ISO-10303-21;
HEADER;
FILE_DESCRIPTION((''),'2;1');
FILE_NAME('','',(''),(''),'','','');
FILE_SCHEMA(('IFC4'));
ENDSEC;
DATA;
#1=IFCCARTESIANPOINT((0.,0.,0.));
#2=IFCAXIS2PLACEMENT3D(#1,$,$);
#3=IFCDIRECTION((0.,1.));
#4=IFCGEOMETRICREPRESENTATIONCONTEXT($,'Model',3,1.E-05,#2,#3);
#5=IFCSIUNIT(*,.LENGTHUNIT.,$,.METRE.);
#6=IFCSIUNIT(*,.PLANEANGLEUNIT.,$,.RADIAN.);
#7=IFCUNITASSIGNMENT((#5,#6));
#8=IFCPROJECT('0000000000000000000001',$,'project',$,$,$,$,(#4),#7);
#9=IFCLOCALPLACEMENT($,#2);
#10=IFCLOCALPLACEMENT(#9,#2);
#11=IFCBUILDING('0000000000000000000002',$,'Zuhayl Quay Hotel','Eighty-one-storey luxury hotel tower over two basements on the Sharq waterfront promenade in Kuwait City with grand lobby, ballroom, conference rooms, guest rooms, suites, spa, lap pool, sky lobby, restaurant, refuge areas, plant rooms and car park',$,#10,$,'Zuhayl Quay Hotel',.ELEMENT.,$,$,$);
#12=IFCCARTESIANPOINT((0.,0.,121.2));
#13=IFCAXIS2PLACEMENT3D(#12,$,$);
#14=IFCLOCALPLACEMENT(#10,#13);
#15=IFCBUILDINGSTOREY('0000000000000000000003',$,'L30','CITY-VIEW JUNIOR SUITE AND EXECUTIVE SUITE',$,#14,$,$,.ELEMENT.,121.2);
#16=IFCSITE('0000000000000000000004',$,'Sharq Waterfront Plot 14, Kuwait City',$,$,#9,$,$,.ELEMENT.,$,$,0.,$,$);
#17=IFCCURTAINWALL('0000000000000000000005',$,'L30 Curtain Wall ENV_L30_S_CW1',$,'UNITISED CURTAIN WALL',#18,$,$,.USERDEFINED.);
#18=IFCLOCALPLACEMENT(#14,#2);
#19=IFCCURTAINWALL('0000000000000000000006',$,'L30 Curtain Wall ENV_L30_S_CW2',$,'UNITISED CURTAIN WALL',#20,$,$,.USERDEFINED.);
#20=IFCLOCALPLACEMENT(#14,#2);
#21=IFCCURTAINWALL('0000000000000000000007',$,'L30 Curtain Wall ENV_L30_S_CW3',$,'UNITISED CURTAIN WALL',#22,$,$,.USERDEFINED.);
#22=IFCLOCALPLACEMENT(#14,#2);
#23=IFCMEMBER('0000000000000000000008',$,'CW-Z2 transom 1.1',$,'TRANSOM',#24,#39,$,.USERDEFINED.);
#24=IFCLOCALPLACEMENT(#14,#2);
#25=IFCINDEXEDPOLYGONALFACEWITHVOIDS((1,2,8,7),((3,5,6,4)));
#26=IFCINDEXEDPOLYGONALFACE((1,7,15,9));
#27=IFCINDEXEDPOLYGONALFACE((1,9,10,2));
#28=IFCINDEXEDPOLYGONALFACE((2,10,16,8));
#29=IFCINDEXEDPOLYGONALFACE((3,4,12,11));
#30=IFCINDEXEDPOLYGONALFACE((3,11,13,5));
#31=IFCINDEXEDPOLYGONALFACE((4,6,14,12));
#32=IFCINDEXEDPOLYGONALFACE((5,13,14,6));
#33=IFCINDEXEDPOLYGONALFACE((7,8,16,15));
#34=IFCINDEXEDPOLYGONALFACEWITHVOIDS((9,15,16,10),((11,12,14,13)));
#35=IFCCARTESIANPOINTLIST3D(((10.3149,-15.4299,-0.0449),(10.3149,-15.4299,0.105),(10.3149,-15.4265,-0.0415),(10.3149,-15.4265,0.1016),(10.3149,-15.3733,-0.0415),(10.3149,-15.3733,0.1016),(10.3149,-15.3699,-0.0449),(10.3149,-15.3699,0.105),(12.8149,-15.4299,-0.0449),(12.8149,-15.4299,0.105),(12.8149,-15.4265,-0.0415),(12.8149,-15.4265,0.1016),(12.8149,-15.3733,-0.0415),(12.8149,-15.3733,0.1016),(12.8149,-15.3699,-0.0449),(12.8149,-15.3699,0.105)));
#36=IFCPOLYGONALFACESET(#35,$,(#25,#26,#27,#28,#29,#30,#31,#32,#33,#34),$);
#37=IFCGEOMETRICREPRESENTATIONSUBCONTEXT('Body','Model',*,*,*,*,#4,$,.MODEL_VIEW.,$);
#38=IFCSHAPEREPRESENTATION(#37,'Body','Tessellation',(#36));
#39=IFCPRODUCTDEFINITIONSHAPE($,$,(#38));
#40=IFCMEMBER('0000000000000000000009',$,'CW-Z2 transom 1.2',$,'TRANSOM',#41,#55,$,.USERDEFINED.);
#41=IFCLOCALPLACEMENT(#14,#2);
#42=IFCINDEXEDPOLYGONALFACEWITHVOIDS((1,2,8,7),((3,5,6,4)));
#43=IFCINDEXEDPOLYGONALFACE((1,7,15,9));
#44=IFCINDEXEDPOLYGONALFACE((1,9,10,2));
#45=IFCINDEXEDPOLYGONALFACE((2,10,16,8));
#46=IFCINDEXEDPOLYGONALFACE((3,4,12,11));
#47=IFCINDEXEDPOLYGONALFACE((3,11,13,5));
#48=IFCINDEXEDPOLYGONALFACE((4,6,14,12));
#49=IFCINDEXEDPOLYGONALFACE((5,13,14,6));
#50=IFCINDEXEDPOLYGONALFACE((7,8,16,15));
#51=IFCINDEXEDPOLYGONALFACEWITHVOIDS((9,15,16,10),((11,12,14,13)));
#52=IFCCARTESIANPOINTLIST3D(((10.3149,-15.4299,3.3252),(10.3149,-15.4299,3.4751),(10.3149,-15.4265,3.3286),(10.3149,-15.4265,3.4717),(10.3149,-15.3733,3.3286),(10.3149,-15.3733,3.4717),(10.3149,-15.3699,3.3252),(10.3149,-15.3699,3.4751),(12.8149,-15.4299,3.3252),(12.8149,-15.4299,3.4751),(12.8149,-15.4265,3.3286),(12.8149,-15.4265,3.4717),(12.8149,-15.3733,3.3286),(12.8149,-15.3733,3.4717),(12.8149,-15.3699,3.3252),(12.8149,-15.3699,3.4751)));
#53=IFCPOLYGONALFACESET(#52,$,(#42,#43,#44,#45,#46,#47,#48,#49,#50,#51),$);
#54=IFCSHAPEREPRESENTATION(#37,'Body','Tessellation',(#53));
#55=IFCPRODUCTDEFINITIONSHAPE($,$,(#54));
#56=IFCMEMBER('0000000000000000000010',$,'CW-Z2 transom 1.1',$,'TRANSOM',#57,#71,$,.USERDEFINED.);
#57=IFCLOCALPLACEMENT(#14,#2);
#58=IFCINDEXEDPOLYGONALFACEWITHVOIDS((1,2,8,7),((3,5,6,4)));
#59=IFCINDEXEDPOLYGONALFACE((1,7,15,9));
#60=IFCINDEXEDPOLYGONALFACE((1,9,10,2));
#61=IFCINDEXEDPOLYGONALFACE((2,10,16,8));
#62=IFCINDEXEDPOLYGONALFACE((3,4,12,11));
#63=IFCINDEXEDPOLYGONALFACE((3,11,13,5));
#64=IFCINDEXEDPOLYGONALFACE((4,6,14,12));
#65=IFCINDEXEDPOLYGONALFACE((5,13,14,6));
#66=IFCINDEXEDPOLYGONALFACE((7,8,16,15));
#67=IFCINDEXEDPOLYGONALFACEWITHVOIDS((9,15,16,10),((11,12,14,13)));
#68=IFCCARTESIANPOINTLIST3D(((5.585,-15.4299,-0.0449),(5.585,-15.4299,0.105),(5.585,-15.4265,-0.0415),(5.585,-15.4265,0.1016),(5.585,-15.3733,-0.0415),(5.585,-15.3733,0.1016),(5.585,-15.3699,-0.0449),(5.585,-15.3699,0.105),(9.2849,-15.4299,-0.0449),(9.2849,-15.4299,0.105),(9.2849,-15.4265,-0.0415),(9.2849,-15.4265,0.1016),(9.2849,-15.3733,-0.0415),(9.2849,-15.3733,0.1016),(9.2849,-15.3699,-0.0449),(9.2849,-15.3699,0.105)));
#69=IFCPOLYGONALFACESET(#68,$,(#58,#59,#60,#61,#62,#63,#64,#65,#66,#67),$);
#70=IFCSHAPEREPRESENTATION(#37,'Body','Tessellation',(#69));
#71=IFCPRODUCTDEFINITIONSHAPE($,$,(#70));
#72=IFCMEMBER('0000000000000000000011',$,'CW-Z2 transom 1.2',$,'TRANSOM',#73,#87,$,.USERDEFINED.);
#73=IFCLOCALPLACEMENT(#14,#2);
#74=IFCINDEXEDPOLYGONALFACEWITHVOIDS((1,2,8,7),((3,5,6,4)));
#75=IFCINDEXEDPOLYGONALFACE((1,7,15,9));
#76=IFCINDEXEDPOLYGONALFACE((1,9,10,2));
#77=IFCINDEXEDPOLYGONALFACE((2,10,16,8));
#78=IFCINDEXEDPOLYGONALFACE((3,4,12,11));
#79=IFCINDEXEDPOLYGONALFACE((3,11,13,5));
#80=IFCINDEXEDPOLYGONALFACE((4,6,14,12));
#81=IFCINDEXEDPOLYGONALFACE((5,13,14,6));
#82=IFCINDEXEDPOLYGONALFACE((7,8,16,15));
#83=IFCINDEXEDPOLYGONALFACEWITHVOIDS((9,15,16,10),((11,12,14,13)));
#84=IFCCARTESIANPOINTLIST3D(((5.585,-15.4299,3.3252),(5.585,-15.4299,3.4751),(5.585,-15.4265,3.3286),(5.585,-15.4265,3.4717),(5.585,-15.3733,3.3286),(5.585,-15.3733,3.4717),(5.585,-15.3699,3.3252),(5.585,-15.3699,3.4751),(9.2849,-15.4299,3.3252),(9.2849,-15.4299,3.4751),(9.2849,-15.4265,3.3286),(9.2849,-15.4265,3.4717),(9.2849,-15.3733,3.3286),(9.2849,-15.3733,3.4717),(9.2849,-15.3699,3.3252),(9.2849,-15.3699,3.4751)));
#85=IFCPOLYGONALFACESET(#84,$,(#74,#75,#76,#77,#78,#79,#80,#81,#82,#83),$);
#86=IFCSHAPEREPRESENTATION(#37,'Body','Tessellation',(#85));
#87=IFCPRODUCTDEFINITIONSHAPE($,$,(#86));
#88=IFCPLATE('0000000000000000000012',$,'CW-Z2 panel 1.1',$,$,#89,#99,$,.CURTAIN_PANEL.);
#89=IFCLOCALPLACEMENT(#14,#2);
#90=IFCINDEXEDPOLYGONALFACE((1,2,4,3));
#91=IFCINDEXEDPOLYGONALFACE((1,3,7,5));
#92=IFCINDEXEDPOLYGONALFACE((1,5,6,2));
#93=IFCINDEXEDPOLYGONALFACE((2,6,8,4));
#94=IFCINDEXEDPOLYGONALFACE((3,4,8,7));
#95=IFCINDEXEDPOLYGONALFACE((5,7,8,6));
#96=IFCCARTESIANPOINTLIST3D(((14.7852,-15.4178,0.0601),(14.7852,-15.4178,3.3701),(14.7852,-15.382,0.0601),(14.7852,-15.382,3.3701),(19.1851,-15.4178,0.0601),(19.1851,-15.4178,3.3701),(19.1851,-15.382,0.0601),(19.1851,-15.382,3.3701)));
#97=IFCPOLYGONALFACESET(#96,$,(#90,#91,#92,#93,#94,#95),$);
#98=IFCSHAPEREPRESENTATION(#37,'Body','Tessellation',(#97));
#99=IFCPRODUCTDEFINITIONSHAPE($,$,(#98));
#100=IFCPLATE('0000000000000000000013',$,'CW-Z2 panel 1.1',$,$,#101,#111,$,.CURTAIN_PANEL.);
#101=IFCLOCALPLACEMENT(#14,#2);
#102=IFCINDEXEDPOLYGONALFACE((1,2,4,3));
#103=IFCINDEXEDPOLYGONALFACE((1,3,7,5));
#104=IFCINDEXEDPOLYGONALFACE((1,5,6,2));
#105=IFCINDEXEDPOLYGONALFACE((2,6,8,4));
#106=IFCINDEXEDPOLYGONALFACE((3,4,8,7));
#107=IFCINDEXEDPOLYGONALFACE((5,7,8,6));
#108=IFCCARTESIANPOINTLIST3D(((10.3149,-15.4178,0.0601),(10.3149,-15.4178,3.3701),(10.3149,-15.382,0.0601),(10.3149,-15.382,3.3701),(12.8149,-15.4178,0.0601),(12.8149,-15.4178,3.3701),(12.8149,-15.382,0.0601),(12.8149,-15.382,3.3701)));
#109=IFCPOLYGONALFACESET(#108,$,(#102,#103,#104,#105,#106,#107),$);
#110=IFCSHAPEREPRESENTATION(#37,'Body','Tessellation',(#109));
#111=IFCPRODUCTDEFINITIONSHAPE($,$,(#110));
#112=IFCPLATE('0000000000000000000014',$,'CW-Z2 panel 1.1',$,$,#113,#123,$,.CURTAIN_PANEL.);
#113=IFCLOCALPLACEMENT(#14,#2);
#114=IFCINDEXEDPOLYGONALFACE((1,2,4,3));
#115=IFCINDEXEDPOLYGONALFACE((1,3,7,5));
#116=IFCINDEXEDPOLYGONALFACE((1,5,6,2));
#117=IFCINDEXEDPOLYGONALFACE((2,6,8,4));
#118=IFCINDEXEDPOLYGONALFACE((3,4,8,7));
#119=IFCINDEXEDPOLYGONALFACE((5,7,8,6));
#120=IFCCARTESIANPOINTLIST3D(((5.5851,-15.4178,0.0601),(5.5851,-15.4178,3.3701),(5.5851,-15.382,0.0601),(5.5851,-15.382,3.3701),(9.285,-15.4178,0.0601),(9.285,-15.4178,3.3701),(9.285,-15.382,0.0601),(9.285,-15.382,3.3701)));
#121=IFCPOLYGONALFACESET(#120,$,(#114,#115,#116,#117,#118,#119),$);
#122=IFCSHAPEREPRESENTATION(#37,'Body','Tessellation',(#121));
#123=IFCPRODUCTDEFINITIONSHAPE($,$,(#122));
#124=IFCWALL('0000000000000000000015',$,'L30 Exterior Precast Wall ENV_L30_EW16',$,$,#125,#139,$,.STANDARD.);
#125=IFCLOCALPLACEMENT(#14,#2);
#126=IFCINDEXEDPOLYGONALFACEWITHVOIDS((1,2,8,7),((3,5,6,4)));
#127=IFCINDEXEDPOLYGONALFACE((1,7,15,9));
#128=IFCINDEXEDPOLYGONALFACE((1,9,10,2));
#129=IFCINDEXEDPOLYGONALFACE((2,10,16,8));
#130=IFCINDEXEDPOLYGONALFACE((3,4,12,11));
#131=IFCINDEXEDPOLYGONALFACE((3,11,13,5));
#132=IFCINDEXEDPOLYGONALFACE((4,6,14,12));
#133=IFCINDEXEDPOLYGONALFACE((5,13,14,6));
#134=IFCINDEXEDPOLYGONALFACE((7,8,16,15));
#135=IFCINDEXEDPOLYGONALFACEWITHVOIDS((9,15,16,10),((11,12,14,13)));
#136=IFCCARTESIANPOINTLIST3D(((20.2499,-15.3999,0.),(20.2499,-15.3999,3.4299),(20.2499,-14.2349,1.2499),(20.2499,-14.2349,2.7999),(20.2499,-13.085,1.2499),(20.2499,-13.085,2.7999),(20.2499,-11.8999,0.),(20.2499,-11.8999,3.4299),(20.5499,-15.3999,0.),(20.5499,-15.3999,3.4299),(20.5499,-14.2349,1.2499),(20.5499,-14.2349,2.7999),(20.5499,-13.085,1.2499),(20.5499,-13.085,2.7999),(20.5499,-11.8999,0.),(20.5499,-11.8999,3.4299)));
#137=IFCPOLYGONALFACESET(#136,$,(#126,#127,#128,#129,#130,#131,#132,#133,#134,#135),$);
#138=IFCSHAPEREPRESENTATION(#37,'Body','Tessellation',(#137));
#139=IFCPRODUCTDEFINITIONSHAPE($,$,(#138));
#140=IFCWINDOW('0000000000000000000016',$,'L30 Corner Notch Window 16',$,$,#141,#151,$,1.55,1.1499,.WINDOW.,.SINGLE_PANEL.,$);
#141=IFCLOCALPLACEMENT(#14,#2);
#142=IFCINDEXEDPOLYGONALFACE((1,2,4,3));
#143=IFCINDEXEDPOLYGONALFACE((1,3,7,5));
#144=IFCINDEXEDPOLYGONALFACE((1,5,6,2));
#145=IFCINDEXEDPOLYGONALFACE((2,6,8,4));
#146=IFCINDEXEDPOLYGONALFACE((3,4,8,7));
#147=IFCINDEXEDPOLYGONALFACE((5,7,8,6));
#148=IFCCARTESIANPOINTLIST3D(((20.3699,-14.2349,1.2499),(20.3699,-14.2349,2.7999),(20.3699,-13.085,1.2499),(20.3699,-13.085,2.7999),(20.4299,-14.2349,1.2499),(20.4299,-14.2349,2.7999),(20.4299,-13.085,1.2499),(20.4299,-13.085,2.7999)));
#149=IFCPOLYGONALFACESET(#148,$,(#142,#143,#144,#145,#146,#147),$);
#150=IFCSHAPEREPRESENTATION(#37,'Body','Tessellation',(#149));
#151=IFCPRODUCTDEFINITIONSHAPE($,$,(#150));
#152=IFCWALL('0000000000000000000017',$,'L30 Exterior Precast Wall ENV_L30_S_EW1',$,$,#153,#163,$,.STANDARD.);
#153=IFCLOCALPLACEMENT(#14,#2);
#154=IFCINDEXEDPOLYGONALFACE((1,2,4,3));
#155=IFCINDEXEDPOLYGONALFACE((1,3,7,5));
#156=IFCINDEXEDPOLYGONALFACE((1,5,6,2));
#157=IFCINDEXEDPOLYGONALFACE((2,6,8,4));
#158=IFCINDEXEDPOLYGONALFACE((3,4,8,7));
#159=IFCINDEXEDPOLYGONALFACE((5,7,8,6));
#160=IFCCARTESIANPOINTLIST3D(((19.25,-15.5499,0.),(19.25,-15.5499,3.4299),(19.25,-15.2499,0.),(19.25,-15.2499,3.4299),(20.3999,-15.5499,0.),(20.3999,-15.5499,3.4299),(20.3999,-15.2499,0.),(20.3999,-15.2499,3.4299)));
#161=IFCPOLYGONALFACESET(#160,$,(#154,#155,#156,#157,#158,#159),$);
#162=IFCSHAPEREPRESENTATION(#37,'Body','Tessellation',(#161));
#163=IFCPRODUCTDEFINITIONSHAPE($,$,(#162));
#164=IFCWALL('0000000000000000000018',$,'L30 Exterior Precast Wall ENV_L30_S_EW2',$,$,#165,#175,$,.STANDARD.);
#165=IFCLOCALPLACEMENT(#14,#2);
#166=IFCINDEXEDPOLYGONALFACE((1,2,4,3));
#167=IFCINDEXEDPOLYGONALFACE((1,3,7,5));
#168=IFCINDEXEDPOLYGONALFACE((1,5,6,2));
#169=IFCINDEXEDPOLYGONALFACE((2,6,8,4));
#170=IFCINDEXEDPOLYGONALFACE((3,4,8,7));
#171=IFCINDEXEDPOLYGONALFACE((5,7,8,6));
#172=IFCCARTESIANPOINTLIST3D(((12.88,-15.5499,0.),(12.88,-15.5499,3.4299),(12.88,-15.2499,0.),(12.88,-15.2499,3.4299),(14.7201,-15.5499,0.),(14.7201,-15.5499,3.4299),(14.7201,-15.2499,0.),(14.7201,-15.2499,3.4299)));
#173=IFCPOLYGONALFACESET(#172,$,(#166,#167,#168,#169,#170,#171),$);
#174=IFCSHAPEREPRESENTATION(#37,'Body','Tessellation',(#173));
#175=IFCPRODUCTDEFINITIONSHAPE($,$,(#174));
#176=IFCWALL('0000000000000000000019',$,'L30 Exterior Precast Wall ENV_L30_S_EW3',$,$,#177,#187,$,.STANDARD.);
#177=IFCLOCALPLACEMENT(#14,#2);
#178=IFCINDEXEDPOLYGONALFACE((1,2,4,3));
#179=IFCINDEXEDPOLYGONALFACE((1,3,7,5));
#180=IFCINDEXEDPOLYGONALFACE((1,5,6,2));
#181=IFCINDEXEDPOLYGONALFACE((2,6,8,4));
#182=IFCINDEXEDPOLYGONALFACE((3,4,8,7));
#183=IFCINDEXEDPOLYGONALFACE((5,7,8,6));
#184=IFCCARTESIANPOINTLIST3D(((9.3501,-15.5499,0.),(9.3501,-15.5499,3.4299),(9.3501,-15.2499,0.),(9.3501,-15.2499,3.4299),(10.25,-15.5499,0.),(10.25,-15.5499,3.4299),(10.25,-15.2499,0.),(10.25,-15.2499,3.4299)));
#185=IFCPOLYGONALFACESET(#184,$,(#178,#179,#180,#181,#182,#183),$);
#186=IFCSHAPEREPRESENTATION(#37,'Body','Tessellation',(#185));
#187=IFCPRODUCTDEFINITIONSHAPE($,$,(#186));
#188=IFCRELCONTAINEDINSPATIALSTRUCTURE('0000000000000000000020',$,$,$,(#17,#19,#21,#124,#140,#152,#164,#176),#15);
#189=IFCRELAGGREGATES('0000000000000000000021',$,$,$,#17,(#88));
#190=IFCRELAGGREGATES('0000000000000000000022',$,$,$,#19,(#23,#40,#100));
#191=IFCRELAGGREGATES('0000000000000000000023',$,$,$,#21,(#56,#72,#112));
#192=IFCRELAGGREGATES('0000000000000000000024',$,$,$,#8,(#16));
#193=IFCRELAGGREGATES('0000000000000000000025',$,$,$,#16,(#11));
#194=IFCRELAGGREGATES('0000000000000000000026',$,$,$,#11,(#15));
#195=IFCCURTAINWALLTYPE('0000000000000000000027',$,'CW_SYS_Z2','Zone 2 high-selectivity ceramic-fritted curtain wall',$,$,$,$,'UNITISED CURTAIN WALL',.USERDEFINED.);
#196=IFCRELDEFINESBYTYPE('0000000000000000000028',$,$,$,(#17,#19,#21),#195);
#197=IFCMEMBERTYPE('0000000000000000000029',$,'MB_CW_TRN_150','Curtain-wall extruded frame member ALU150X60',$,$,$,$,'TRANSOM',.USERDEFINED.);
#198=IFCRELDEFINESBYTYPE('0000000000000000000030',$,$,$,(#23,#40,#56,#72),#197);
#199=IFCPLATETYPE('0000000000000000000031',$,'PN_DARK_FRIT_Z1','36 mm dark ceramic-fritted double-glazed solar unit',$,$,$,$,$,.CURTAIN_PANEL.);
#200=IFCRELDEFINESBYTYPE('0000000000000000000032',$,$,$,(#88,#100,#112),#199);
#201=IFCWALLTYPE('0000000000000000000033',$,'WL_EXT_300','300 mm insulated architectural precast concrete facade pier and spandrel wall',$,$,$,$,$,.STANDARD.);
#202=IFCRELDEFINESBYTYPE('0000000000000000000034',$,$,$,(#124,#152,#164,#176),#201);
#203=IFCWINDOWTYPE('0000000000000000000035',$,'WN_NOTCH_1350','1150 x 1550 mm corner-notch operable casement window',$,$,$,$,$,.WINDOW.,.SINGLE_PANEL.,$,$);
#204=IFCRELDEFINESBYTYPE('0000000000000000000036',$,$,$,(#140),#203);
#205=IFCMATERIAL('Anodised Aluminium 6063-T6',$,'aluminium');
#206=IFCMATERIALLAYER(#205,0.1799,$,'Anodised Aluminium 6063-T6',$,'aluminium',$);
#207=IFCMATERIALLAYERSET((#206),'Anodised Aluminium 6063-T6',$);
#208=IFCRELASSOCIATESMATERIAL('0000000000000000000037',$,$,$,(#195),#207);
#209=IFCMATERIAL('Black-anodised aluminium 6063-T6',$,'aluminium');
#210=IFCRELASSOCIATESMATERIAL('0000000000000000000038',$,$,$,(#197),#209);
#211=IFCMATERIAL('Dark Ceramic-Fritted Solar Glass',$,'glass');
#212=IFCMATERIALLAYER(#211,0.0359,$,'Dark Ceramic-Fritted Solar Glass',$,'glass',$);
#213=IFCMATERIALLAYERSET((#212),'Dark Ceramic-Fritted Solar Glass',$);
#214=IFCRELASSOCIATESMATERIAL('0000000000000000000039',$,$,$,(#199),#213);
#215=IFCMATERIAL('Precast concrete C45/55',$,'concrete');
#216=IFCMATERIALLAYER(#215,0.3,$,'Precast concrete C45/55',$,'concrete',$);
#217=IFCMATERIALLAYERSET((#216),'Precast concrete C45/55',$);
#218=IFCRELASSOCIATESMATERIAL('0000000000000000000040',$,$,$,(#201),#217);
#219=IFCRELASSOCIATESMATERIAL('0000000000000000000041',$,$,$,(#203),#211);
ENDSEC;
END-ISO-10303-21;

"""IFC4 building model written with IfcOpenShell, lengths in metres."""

from ifc_helpers import new_model, si_unit, direction, frame, frame_2d, origin, origin_2d, place, context, subcontext, project, spatial, rectangle, hollow_rectangle, extrude, material, layer, layer_set, material_profile, profile_set, type_object, element, fill, aggregate, save


model = new_model("IFC4")

# Units and contexts
model_context = context("Model", 3, precision=1e-05, world=origin(), true_north=direction((0.0, 1.0)))
body_context = subcontext(model_context, "Body", "Model", "MODEL_VIEW")
ifc_project = project(units=[si_unit("LENGTHUNIT", "METRE"), si_unit("PLANEANGLEUNIT", "RADIAN")], contexts=[model_context])

# Site, building, storey
site_placement = place(None, origin())
site = spatial("IfcSite", under=ifc_project, at=site_placement, Name="Sharq Waterfront Plot 14, Kuwait City", CompositionType="ELEMENT", RefElevation=0.0)
building_placement = place(site_placement, origin())
building = spatial("IfcBuilding", under=site, at=building_placement, Name="Zuhayl Quay Hotel", Description="Eighty-one-storey luxury hotel tower over two basements on the Sharq waterfront promenade in Kuwait City with grand lobby, ballroom, conference rooms, guest rooms, suites, spa, lap pool, sky lobby, restaurant, refuge areas, plant rooms and car park", LongName="Zuhayl Quay Hotel", CompositionType="ELEMENT")
storey_placement = place(building_placement, frame((0.0, 0.0, 121.2)))
storey = spatial("IfcBuildingStorey", under=building, at=storey_placement, Name="L30", Description="CITY-VIEW JUNIOR SUITE AND EXECUTIVE SUITE", CompositionType="ELEMENT", Elevation=121.2)

# Curtain walls
ifc_material_1 = material(Name="Anodised Aluminium 6063-T6", Category="aluminium")
ifc_layer_1 = layer(ifc_material_1, 0.1799, Name="Anodised Aluminium 6063-T6", Category="aluminium")
ifc_layer_set_1 = layer_set([ifc_layer_1], Name="Anodised Aluminium 6063-T6")
curtain_wall_type = type_object("IfcCurtainWallType", Name="CW_SYS_Z2", Description="Zone 2 high-selectivity ceramic-fritted curtain wall", ElementType="UNITISED CURTAIN WALL", PredefinedType="USERDEFINED", material=ifc_layer_set_1)
curtain_wall_1_placement = place(storey_placement, origin())
curtain_wall_1 = element("IfcCurtainWall", 1, at=curtain_wall_1_placement, inside=storey, type_object=curtain_wall_type, Name="L30 Curtain Wall ENV_L30_S_CW1", ObjectType="UNITISED CURTAIN WALL", PredefinedType="USERDEFINED")
ifc_material_2 = material(Name="Black-anodised aluminium 6063-T6", Category="aluminium")
curtain_wall_2_placement = place(storey_placement, origin())
curtain_wall_2 = element("IfcCurtainWall", 2, at=curtain_wall_2_placement, inside=storey, type_object=curtain_wall_type, Name="L30 Curtain Wall ENV_L30_S_CW2", ObjectType="UNITISED CURTAIN WALL", PredefinedType="USERDEFINED")

# Curtain wall
curtain_wall_3_placement = place(storey_placement, origin())
curtain_wall_3 = element("IfcCurtainWall", 3, at=curtain_wall_3_placement, inside=storey, type_object=curtain_wall_type, Name="L30 Curtain Wall ENV_L30_S_CW3", ObjectType="UNITISED CURTAIN WALL", PredefinedType="USERDEFINED")

# Members
ifc_material_profile_1 = material_profile(ifc_material_2, hollow_rectangle(XDim=0.0601, YDim=0.1499, WallThickness=0.0034, at=origin_2d()), Name="ALU150X60")
ifc_profile_set_1 = profile_set([ifc_material_profile_1], Name="Black-anodised aluminium 6063-T6")
member_type_1 = type_object("IfcMemberType", Name="MB_CW_TRN_150", Description="Curtain-wall extruded frame member ALU150X60", ElementType="TRANSOM", PredefinedType="USERDEFINED", material=ifc_profile_set_1)
member_1_placement = place(storey_placement, frame((12.8149, -15.3999, 0.03), z_axis=(-1.0, 0.0, 0.0), x_axis=(0.0, -1.0, 0.0)))
member_1 = element("IfcMember", 4, at=member_1_placement, type_object=member_type_1, Name="CW-Z2 transom 1.1", ObjectType="TRANSOM", PredefinedType="USERDEFINED", context=body_context, shape_type="SweptSolid", body=[
    extrude(hollow_rectangle(XDim=0.0601, YDim=0.1499, WallThickness=0.0034, at=origin_2d()), origin(), (0.0, 0.0, 1.0), 2.5),
])
member_2_placement = place(storey_placement, frame((12.8149, -15.3999, 3.4001), z_axis=(-1.0, 0.0, 0.0), x_axis=(0.0, -1.0, 0.0)))
member_2 = element("IfcMember", 5, at=member_2_placement, type_object=member_type_1, Name="CW-Z2 transom 1.2", ObjectType="TRANSOM", PredefinedType="USERDEFINED", context=body_context, shape_type="SweptSolid", body=[
    extrude(hollow_rectangle(XDim=0.0601, YDim=0.1499, WallThickness=0.0034, at=origin_2d()), origin(), (0.0, 0.0, 1.0), 2.5),
])
member_3_placement = place(storey_placement, frame((9.2849, -15.3999, 0.03), z_axis=(-1.0, 0.0, 0.0), x_axis=(0.0, -1.0, 0.0)))
member_3 = element("IfcMember", 6, at=member_3_placement, type_object=member_type_1, Name="CW-Z2 transom 1.1", ObjectType="TRANSOM", PredefinedType="USERDEFINED", context=body_context, shape_type="SweptSolid", body=[
    extrude(hollow_rectangle(XDim=0.0601, YDim=0.1499, WallThickness=0.0034, at=origin_2d()), origin(), (0.0, 0.0, 1.0), 3.7),
])
member_4_placement = place(storey_placement, frame((9.2849, -15.3999, 3.4001), z_axis=(-1.0, 0.0, 0.0), x_axis=(0.0, -1.0, 0.0)))
member_4 = element("IfcMember", 7, at=member_4_placement, type_object=member_type_1, Name="CW-Z2 transom 1.2", ObjectType="TRANSOM", PredefinedType="USERDEFINED", context=body_context, shape_type="SweptSolid", body=[
    extrude(hollow_rectangle(XDim=0.0601, YDim=0.1499, WallThickness=0.0034, at=origin_2d()), origin(), (0.0, 0.0, 1.0), 3.7),
])

# Plates
ifc_material_3 = material(Name="Dark Ceramic-Fritted Solar Glass", Category="glass")
ifc_layer_2 = layer(ifc_material_3, 0.0359, Name="Dark Ceramic-Fritted Solar Glass", Category="glass")
ifc_layer_set_2 = layer_set([ifc_layer_2], Name="Dark Ceramic-Fritted Solar Glass")
plate_type = type_object("IfcPlateType", Name="PN_DARK_FRIT_Z1", Description="36 mm dark ceramic-fritted double-glazed solar unit", PredefinedType="CURTAIN_PANEL", material=ifc_layer_set_2)
plate_1_placement = place(storey_placement, frame((16.9851, -15.3999, 0.0601), z_axis=(0.0, 0.0, 1.0), x_axis=(-1.0, 0.0, 0.0)))
plate_1 = element("IfcPlate", 8, at=plate_1_placement, type_object=plate_type, Name="CW-Z2 panel 1.1", PredefinedType="CURTAIN_PANEL", context=body_context, shape_type="SweptSolid", body=[
    extrude(rectangle(XDim=4.3999, YDim=0.0359, at=origin_2d()), origin(), (0.0, 0.0, 1.0), 3.3101),
])
aggregate(curtain_wall_1, [plate_1])
plate_2_placement = place(storey_placement, frame((11.5649, -15.3999, 0.0601), z_axis=(0.0, 0.0, 1.0), x_axis=(-1.0, 0.0, 0.0)))
plate_2 = element("IfcPlate", 9, at=plate_2_placement, type_object=plate_type, Name="CW-Z2 panel 1.1", PredefinedType="CURTAIN_PANEL", context=body_context, shape_type="SweptSolid", body=[
    extrude(rectangle(XDim=2.5, YDim=0.0359, at=origin_2d()), origin(), (0.0, 0.0, 1.0), 3.3101),
])
aggregate(curtain_wall_2, [member_1, member_2, plate_2])
plate_3_placement = place(storey_placement, frame((7.4351, -15.3999, 0.0601), z_axis=(0.0, 0.0, 1.0), x_axis=(-1.0, 0.0, 0.0)))
plate_3 = element("IfcPlate", 10, at=plate_3_placement, type_object=plate_type, Name="CW-Z2 panel 1.1", PredefinedType="CURTAIN_PANEL", context=body_context, shape_type="SweptSolid", body=[
    extrude(rectangle(XDim=3.7, YDim=0.0359, at=origin_2d()), origin(), (0.0, 0.0, 1.0), 3.3101),
])
aggregate(curtain_wall_3, [member_3, member_4, plate_3])

# Wall, opening, window
ifc_material_4 = material(Name="Precast concrete C45/55", Category="concrete")
ifc_layer_3 = layer(ifc_material_4, 0.3, Name="Precast concrete C45/55", Category="concrete")
ifc_layer_set_3 = layer_set([ifc_layer_3], Name="Precast concrete C45/55")
wall_type_1 = type_object("IfcWallType", Name="WL_EXT_300", Description="300 mm insulated architectural precast concrete facade pier and spandrel wall", PredefinedType="STANDARD", material=ifc_layer_set_3)
wall_1_placement = place(storey_placement, frame((20.3999, -11.8999, 0.0), z_axis=(0.0, 0.0, 1.0), x_axis=(0.0, -1.0, 0.0)))
wall_1 = element("IfcWall", 11, at=wall_1_placement, inside=storey, type_object=wall_type_1, Name="L30 Exterior Precast Wall ENV_L30_EW16", PredefinedType="STANDARD", context=body_context, shape_type="SweptSolid", body=[
    extrude(rectangle(XDim=3.5, YDim=0.3, at=frame_2d((1.75, 0.0))), origin(), (0.0, 0.0, 1.0), 3.4299),
])
opening_placement = place(wall_1_placement, frame((1.1851, 0.0, 1.25)))
opening = element("IfcOpeningElement", 12, at=opening_placement, cuts=wall_1, PredefinedType="OPENING", context=body_context, shape_type="SweptSolid", body=[
    extrude(rectangle(XDim=1.1499, YDim=1.55, at=frame_2d((0.575, 0.7749))), frame((0.0, 0.1599, 0.0), z_axis=(0.0, -1.0, 0.0), x_axis=(1.0, 0.0, 0.0)), (0.0, 0.0, 1.0), 0.3201),
])
window_type = type_object("IfcWindowType", Name="WN_NOTCH_1350", Description="1150 x 1550 mm corner-notch operable casement window", PartitioningType="SINGLE_PANEL", PredefinedType="WINDOW", material=ifc_material_3)
window_placement = place(opening_placement, origin())
window = element("IfcWindow", 13, at=window_placement, inside=storey, type_object=window_type, Name="L30 Corner Notch Window 16", OverallHeight=1.55, OverallWidth=1.1499, PartitioningType="SINGLE_PANEL", PredefinedType="WINDOW", context=body_context, shape_type="SweptSolid", body=[
    extrude(rectangle(XDim=1.1499, YDim=1.55, at=frame_2d((0.575, 0.7749))), frame((0.0, 0.03, 0.0), z_axis=(0.0, -1.0, 0.0), x_axis=(1.0, 0.0, 0.0)), (0.0, 0.0, 1.0), 0.0601),
])
fill(opening, window)

# Walls
wall_2_placement = place(storey_placement, frame((20.3999, -15.3999, 0.0), z_axis=(0.0, 0.0, 1.0), x_axis=(-1.0, 0.0, 0.0)))
element("IfcWall", 14, at=wall_2_placement, inside=storey, type_object=wall_type_1, Name="L30 Exterior Precast Wall ENV_L30_S_EW1", PredefinedType="STANDARD", context=body_context, shape_type="SweptSolid", body=[
    extrude(rectangle(XDim=1.1499, YDim=0.3, at=frame_2d((0.575, 0.0))), origin(), (0.0, 0.0, 1.0), 3.4299),
])
wall_3_placement = place(storey_placement, frame((14.72, -15.3999, 0.0), z_axis=(0.0, 0.0, 1.0), x_axis=(-1.0, 0.0, 0.0)))
element("IfcWall", 15, at=wall_3_placement, inside=storey, type_object=wall_type_1, Name="L30 Exterior Precast Wall ENV_L30_S_EW2", PredefinedType="STANDARD", context=body_context, shape_type="SweptSolid", body=[
    extrude(rectangle(XDim=1.8401, YDim=0.3, at=frame_2d((0.9199, 0.0))), origin(), (0.0, 0.0, 1.0), 3.4299),
])
wall_4_placement = place(storey_placement, frame((10.25, -15.3999, 0.0), z_axis=(0.0, 0.0, 1.0), x_axis=(-1.0, 0.0, 0.0)))
element("IfcWall", 16, at=wall_4_placement, inside=storey, type_object=wall_type_1, Name="L30 Exterior Precast Wall ENV_L30_S_EW3", PredefinedType="STANDARD", context=body_context, shape_type="SweptSolid", body=[
    extrude(rectangle(XDim=0.8999, YDim=0.3, at=frame_2d((0.45, 0.0))), origin(), (0.0, 0.0, 1.0), 3.4299),
])

save(model, "model.ifc")
